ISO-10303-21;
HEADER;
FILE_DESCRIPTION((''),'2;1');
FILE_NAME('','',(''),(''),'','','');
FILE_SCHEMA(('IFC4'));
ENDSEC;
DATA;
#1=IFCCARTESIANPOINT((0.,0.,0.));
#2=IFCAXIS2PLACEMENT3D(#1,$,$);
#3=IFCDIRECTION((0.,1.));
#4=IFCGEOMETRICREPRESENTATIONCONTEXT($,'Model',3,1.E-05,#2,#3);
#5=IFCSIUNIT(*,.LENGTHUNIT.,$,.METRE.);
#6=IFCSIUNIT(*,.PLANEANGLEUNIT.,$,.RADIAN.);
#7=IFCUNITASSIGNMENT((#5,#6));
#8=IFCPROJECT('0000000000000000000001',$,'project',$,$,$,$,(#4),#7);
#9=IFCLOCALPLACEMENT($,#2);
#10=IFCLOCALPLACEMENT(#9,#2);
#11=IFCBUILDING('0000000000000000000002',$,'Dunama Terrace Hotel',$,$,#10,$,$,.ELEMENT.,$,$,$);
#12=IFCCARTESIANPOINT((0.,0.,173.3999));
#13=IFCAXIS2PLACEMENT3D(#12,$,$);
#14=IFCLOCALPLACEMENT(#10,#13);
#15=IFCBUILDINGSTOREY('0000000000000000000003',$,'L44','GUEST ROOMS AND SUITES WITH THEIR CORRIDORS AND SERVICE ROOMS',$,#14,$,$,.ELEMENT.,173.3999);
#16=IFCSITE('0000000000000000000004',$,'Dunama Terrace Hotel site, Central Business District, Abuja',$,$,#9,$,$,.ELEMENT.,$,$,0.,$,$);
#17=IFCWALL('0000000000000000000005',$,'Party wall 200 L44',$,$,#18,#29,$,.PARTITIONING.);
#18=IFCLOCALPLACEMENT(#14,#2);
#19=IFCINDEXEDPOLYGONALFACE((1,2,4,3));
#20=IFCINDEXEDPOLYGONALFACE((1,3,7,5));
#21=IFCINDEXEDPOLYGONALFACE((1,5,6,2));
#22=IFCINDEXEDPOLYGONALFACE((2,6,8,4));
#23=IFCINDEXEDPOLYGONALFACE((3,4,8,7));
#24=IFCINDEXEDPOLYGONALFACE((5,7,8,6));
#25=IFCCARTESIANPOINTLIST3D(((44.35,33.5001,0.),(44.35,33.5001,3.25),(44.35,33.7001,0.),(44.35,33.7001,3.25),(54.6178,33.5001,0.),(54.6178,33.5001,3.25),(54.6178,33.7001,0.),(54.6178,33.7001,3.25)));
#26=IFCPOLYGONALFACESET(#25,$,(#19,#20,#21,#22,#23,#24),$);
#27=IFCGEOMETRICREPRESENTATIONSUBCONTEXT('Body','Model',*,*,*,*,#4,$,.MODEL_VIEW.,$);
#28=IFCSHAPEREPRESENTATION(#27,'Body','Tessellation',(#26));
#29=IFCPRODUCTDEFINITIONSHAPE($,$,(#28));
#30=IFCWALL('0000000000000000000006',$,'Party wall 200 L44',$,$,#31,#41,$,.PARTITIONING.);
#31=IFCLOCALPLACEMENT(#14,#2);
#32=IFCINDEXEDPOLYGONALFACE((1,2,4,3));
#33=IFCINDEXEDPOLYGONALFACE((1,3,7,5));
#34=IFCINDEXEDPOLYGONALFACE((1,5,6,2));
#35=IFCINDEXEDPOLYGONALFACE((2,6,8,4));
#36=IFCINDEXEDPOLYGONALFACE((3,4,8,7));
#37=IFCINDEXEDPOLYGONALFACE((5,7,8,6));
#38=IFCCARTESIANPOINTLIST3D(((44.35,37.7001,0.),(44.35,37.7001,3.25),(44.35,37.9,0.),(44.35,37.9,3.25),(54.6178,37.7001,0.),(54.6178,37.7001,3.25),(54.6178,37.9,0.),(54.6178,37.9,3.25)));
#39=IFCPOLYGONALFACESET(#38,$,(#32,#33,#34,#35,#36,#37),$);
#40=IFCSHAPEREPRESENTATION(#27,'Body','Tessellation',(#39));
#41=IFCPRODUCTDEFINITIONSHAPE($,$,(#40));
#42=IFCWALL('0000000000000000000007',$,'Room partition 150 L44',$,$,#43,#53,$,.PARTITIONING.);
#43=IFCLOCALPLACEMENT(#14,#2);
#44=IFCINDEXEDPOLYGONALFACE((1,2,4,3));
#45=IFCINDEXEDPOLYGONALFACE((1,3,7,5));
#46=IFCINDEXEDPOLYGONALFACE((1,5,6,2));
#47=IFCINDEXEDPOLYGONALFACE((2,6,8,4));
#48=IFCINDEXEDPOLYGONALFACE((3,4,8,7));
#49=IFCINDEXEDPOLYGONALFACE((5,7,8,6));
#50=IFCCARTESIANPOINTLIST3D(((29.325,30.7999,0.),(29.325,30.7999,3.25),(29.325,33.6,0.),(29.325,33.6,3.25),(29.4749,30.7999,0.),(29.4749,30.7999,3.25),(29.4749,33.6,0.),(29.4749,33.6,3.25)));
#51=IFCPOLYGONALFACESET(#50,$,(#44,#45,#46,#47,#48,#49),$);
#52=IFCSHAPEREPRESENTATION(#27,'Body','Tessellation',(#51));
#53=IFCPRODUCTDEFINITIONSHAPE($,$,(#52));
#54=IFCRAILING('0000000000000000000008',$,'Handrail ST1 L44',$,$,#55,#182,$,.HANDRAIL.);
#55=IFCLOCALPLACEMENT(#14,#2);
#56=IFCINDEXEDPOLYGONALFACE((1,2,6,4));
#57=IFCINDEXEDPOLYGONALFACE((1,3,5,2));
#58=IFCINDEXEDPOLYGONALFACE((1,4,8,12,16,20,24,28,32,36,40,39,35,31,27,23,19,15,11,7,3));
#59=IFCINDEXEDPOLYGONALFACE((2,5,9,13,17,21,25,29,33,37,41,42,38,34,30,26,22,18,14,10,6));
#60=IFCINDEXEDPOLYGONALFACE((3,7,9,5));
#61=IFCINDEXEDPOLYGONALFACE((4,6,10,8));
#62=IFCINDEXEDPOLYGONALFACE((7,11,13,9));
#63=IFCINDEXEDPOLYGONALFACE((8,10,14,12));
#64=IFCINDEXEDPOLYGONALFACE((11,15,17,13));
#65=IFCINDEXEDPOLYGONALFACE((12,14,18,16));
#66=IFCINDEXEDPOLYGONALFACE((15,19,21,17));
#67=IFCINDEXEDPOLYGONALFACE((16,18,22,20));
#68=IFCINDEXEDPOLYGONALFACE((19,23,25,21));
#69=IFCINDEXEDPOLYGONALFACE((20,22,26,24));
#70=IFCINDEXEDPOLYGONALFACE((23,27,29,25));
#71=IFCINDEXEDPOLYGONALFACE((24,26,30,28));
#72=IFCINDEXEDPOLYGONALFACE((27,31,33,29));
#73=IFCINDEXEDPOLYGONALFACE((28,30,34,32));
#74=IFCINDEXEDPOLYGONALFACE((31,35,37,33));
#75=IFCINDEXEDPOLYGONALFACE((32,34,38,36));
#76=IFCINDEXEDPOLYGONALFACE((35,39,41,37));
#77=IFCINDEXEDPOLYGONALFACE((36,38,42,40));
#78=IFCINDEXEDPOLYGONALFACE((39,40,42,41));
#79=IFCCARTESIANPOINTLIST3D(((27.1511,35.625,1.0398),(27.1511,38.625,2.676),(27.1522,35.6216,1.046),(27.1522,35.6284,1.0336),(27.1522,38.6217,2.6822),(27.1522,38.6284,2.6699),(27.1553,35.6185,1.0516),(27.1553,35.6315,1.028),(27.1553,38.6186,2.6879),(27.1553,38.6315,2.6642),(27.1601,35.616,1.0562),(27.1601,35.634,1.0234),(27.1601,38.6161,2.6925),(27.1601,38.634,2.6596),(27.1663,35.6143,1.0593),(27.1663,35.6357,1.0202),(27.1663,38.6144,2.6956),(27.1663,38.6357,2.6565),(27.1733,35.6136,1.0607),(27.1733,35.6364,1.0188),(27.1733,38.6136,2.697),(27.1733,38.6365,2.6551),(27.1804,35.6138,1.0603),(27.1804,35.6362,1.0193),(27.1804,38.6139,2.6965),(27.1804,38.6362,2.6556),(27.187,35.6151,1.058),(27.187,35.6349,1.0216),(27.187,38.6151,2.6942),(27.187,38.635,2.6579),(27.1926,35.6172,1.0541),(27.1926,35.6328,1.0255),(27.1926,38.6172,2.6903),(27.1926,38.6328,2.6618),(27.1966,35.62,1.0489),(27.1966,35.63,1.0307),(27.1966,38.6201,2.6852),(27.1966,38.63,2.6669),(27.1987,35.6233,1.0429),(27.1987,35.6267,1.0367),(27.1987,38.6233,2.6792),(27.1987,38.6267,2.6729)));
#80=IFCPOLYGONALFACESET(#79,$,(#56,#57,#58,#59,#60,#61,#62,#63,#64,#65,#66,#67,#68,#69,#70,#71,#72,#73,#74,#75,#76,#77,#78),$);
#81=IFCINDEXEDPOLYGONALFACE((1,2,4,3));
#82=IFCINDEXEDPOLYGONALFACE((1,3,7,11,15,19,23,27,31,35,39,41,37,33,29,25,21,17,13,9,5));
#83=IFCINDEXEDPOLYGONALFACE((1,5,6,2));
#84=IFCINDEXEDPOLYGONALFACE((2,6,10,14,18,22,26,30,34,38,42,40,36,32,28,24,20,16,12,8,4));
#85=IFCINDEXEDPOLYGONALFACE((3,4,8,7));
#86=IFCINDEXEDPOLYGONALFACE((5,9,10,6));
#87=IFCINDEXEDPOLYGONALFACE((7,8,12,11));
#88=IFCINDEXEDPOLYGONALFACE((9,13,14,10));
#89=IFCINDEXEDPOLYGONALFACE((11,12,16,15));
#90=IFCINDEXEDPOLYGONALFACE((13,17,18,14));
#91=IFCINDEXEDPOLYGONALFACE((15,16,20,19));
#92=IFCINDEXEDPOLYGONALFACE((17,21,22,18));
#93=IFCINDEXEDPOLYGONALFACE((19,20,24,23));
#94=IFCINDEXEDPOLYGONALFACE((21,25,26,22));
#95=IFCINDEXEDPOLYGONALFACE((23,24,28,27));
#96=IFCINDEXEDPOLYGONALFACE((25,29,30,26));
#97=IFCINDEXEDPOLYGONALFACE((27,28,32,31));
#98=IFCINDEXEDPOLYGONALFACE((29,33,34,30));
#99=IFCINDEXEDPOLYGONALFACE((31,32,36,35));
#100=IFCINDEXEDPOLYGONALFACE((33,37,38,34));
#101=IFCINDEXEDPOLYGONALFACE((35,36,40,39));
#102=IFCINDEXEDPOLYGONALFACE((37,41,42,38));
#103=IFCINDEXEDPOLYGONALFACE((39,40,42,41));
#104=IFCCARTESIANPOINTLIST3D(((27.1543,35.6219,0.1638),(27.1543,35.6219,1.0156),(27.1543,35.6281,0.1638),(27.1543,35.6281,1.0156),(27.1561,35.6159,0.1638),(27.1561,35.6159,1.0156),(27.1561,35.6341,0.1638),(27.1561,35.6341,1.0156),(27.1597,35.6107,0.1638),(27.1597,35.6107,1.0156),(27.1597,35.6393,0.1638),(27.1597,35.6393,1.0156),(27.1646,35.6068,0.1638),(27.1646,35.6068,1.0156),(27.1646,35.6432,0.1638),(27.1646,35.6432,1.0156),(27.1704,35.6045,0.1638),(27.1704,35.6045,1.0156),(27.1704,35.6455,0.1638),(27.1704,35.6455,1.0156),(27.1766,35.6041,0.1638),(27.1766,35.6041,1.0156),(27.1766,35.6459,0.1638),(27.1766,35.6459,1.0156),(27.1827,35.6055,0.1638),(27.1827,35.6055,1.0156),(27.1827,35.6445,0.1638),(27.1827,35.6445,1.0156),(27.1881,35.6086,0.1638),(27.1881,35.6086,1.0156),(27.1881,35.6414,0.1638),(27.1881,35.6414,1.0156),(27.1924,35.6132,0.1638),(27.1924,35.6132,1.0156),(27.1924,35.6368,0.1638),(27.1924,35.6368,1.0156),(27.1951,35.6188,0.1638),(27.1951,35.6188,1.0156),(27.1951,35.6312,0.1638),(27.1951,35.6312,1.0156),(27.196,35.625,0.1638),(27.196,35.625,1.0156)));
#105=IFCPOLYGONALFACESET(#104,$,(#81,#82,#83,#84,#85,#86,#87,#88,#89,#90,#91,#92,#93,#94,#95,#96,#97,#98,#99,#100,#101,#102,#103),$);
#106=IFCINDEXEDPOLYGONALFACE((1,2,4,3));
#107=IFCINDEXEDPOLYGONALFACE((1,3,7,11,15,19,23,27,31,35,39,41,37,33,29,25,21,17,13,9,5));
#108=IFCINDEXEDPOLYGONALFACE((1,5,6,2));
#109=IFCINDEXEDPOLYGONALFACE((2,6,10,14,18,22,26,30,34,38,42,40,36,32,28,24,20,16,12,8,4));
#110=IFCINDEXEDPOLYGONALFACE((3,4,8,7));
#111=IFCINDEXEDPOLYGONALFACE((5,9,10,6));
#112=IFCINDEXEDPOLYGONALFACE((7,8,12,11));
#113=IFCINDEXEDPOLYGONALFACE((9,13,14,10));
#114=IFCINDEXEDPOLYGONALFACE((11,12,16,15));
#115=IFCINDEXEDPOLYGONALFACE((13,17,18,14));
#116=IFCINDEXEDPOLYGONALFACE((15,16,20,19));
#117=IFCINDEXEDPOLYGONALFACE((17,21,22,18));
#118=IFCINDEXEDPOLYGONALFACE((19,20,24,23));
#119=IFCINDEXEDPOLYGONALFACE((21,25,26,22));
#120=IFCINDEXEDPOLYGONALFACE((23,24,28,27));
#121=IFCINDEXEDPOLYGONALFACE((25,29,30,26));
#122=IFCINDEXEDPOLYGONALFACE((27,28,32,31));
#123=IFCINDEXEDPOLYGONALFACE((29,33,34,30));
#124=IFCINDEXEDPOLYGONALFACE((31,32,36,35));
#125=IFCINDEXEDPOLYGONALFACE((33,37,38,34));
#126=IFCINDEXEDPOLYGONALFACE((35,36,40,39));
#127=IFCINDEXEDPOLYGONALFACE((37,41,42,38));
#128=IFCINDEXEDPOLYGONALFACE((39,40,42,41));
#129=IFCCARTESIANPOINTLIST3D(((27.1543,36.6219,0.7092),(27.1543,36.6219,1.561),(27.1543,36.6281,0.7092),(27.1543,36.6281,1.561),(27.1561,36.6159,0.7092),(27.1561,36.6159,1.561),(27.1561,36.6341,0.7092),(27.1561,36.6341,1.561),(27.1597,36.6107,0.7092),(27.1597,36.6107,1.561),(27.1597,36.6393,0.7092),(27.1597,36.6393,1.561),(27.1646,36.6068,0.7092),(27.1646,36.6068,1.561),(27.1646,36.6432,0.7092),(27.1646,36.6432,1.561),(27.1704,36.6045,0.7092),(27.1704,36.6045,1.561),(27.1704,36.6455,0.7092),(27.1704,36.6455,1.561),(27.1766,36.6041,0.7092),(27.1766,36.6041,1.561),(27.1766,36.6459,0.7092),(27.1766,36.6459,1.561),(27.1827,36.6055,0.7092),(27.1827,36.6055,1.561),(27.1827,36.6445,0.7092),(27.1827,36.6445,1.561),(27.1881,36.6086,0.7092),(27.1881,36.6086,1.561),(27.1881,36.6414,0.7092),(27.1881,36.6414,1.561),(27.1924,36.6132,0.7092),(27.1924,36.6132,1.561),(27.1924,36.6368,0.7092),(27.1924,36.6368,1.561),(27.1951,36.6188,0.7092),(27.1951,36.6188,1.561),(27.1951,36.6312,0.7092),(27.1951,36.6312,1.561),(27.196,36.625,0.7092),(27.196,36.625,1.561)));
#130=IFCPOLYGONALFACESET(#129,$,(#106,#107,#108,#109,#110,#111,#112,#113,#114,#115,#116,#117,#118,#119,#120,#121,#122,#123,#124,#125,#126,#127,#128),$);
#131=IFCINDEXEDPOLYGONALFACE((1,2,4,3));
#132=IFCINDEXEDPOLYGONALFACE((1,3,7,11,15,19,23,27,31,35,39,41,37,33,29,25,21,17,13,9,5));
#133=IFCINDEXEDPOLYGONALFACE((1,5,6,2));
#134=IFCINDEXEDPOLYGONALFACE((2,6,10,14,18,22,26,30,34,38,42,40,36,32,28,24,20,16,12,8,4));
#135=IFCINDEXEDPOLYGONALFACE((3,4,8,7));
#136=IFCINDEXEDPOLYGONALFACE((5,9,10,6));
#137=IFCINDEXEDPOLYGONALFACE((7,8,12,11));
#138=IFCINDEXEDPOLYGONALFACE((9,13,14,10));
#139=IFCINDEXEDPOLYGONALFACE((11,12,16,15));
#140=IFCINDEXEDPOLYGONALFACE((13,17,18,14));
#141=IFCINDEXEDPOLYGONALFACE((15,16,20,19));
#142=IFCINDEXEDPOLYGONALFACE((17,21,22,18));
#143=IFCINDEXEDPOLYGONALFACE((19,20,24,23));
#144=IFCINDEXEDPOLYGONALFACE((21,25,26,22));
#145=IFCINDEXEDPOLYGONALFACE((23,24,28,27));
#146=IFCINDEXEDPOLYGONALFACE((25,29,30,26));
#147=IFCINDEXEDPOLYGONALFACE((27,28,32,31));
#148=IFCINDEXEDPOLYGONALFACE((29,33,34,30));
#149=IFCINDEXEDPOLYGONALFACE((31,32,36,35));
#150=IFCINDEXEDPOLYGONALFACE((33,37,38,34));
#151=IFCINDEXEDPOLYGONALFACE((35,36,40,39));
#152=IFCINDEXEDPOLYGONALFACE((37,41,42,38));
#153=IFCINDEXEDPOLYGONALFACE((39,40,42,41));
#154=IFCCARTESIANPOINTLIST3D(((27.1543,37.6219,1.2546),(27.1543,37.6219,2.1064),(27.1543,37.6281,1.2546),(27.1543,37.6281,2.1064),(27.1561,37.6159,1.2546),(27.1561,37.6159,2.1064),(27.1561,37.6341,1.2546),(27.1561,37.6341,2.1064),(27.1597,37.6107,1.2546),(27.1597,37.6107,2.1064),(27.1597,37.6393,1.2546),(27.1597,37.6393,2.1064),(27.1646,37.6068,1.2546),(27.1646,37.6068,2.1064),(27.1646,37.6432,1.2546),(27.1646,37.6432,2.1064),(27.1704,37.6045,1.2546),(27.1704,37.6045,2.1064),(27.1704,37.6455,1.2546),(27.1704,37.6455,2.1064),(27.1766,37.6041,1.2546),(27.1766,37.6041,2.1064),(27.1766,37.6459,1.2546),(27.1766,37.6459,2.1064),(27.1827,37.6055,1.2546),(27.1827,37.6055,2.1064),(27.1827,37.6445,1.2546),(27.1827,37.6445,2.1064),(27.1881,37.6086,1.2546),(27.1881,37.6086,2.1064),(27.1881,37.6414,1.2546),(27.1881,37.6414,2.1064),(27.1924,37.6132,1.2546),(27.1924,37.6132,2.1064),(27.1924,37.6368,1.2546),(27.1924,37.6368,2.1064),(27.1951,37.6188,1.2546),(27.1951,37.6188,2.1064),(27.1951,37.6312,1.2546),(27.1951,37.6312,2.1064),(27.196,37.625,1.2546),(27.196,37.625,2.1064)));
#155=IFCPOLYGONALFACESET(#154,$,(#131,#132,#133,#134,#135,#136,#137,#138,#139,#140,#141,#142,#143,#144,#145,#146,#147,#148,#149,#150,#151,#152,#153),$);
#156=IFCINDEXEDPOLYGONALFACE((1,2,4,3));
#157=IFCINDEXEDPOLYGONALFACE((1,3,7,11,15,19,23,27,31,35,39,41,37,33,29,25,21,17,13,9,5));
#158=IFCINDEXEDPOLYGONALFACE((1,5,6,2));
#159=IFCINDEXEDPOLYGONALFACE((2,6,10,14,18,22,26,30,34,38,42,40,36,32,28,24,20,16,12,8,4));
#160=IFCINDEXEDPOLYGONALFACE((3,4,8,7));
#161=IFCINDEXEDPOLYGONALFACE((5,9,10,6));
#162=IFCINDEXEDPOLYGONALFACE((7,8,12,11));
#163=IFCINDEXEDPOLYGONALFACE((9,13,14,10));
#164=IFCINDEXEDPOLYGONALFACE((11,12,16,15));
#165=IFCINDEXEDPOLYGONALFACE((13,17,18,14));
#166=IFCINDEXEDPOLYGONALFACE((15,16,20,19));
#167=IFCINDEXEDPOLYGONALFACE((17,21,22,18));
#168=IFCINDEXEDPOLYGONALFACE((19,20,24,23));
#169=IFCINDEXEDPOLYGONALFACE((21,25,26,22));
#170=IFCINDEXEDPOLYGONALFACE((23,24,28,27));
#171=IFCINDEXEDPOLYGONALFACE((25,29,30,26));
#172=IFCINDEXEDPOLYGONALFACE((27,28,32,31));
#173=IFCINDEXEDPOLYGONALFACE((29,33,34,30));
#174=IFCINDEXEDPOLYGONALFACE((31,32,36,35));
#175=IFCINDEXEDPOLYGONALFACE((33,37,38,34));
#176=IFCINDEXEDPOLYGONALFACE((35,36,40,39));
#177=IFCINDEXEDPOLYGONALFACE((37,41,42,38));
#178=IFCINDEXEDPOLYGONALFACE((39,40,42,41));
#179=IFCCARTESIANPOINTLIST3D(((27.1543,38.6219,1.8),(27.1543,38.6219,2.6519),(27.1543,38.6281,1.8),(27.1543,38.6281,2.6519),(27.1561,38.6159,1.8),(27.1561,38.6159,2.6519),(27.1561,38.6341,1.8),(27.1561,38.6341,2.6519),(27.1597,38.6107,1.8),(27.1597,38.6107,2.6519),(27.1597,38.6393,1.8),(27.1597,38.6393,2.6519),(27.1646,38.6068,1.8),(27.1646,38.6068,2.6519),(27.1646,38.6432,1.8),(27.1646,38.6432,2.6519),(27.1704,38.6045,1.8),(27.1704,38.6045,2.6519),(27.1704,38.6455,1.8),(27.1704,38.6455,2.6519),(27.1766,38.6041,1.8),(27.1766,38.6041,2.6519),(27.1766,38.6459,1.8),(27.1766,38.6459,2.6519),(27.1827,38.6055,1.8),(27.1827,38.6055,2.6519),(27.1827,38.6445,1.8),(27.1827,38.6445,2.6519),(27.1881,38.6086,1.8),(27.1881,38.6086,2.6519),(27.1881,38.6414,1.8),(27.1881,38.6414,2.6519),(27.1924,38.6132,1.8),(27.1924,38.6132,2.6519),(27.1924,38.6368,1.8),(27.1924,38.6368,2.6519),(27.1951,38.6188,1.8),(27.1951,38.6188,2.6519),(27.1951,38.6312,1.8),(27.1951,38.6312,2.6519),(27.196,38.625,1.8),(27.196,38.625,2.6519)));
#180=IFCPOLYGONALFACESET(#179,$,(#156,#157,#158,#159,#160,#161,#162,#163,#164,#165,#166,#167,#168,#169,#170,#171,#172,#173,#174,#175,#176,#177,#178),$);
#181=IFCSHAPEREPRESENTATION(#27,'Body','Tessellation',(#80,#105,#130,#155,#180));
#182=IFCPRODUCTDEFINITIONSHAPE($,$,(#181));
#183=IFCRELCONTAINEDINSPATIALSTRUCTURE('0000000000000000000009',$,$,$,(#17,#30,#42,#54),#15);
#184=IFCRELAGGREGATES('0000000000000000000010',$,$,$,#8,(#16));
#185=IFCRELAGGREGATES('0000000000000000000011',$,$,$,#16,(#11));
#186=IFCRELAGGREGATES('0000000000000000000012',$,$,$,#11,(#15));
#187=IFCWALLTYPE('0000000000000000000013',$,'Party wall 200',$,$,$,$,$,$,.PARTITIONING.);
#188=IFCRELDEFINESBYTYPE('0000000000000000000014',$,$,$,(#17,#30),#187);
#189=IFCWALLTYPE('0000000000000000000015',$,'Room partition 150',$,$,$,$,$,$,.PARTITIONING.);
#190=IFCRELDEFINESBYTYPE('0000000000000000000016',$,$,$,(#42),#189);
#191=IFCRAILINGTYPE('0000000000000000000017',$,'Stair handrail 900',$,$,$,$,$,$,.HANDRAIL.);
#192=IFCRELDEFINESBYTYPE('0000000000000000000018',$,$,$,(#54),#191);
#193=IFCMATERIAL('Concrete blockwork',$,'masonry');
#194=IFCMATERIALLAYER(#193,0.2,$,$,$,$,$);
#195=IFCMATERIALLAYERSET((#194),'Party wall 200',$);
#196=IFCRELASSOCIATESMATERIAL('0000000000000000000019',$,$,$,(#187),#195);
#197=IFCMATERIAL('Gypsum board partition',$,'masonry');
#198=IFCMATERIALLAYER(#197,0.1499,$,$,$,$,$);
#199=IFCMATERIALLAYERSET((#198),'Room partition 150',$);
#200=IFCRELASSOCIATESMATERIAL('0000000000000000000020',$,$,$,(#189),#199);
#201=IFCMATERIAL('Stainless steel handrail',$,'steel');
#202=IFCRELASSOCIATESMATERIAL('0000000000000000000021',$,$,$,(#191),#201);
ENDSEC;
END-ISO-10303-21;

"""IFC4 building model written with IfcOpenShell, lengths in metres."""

from ifc_helpers import new_model, si_unit, direction, frame, frame_2d, origin, origin_2d, place, context, subcontext, project, spatial, rectangle, circle, extrude, material, layer, layer_set, type_object, element, save


model = new_model("IFC4")

# Units and contexts
model_context = context("Model", 3, precision=1e-05, world=origin(), true_north=direction((0.0, 1.0)))
body_context = subcontext(model_context, "Body", "Model", "MODEL_VIEW")
ifc_project = project(units=[si_unit("LENGTHUNIT", "METRE"), si_unit("PLANEANGLEUNIT", "RADIAN")], contexts=[model_context])

# Site, building, storey
site_placement = place(None, origin())
site = spatial("IfcSite", under=ifc_project, at=site_placement, Name="Dunama Terrace Hotel site, Central Business District, Abuja", CompositionType="ELEMENT", RefElevation=0.0)
building_placement = place(site_placement, origin())
building = spatial("IfcBuilding", under=site, at=building_placement, Name="Dunama Terrace Hotel", CompositionType="ELEMENT")
storey_placement = place(building_placement, frame((0.0, 0.0, 173.3999)))
storey = spatial("IfcBuildingStorey", under=building, at=storey_placement, Name="L44", Description="GUEST ROOMS AND SUITES WITH THEIR CORRIDORS AND SERVICE ROOMS", CompositionType="ELEMENT", Elevation=173.3999)

# Walls
ifc_material_1 = material(Name="Concrete blockwork", Category="masonry")
ifc_layer_1 = layer(ifc_material_1, 0.2)
ifc_layer_set_1 = layer_set([ifc_layer_1], Name="Party wall 200")
wall_type_1 = type_object("IfcWallType", Name="Party wall 200", PredefinedType="PARTITIONING", material=ifc_layer_set_1)
for number, where, z_axis, x_axis, name in (
    (1, (44.3501, 33.6001, 0.0), (0.0, 0.0, 1.0), (1.0, 0.0, 0.0), "Party wall 200 L44"),
    (2, (44.3501, 37.8, 0.0), (0.0, 0.0, 1.0), (1.0, 0.0, 0.0), "Party wall 200 L44"),
):
    element("IfcWall", number, at=place(storey_placement, frame(where, z_axis=z_axis, x_axis=x_axis)), inside=storey, type_object=wall_type_1, Name=name, PredefinedType="PARTITIONING", context=body_context, shape_type="SweptSolid", body=[
        extrude(rectangle(XDim=10.2678, YDim=0.2, at=frame_2d((5.1338, 0.0))), origin(), (0.0, 0.0, 1.0), 3.25),
    ])
ifc_material_2 = material(Name="Gypsum board partition", Category="masonry")
ifc_layer_2 = layer(ifc_material_2, 0.1499)
ifc_layer_set_2 = layer_set([ifc_layer_2], Name="Room partition 150")
wall_type_2 = type_object("IfcWallType", Name="Room partition 150", PredefinedType="PARTITIONING", material=ifc_layer_set_2)
wall_1_placement = place(storey_placement, frame((29.3999, 30.8, 0.0), z_axis=(0.0, 0.0, 1.0), x_axis=(0.0, 1.0, 0.0)))
element("IfcWall", 3, at=wall_1_placement, inside=storey, type_object=wall_type_2, Name="Room partition 150 L44", PredefinedType="PARTITIONING", context=body_context, shape_type="SweptSolid", body=[
    extrude(rectangle(XDim=2.8, YDim=0.1499, at=frame_2d((1.3999, 0.0))), origin(), (0.0, 0.0, 1.0), 3.25),
])

# Railing
ifc_material_3 = material(Name="Stainless steel handrail", Category="steel")
railing_type = type_object("IfcRailingType", Name="Stair handrail 900", PredefinedType="HANDRAIL", material=ifc_material_3)
railing_placement = place(storey_placement, frame((27.175, 35.625, 0.1638)))
element("IfcRailing", 4, at=railing_placement, inside=storey, type_object=railing_type, Name="Handrail ST1 L44", PredefinedType="HANDRAIL", context=body_context, shape_type="SweptSolid", body=[
    extrude(circle(Radius=0.0239, at=origin_2d()), frame((0.0, 0.0, 0.876), z_axis=(0.0, 0.877912, 0.478822), x_axis=(-1.0, 0.0, 0.0)), (0.0, 0.0, 1.0), 3.4172),
    extrude(circle(Radius=0.021, at=origin_2d()), origin(), (0.0, 0.0, 1.0), 0.8518),
    extrude(circle(Radius=0.021, at=origin_2d()), frame((0.0, 1.0, 0.5454)), (0.0, 0.0, 1.0), 0.8518),
    extrude(circle(Radius=0.021, at=origin_2d()), frame((0.0, 2.0, 1.0908)), (0.0, 0.0, 1.0), 0.8518),
    extrude(circle(Radius=0.021, at=origin_2d()), frame((0.0, 3.0, 1.6362)), (0.0, 0.0, 1.0), 0.8518),
])

save(model, "model.ifc")
